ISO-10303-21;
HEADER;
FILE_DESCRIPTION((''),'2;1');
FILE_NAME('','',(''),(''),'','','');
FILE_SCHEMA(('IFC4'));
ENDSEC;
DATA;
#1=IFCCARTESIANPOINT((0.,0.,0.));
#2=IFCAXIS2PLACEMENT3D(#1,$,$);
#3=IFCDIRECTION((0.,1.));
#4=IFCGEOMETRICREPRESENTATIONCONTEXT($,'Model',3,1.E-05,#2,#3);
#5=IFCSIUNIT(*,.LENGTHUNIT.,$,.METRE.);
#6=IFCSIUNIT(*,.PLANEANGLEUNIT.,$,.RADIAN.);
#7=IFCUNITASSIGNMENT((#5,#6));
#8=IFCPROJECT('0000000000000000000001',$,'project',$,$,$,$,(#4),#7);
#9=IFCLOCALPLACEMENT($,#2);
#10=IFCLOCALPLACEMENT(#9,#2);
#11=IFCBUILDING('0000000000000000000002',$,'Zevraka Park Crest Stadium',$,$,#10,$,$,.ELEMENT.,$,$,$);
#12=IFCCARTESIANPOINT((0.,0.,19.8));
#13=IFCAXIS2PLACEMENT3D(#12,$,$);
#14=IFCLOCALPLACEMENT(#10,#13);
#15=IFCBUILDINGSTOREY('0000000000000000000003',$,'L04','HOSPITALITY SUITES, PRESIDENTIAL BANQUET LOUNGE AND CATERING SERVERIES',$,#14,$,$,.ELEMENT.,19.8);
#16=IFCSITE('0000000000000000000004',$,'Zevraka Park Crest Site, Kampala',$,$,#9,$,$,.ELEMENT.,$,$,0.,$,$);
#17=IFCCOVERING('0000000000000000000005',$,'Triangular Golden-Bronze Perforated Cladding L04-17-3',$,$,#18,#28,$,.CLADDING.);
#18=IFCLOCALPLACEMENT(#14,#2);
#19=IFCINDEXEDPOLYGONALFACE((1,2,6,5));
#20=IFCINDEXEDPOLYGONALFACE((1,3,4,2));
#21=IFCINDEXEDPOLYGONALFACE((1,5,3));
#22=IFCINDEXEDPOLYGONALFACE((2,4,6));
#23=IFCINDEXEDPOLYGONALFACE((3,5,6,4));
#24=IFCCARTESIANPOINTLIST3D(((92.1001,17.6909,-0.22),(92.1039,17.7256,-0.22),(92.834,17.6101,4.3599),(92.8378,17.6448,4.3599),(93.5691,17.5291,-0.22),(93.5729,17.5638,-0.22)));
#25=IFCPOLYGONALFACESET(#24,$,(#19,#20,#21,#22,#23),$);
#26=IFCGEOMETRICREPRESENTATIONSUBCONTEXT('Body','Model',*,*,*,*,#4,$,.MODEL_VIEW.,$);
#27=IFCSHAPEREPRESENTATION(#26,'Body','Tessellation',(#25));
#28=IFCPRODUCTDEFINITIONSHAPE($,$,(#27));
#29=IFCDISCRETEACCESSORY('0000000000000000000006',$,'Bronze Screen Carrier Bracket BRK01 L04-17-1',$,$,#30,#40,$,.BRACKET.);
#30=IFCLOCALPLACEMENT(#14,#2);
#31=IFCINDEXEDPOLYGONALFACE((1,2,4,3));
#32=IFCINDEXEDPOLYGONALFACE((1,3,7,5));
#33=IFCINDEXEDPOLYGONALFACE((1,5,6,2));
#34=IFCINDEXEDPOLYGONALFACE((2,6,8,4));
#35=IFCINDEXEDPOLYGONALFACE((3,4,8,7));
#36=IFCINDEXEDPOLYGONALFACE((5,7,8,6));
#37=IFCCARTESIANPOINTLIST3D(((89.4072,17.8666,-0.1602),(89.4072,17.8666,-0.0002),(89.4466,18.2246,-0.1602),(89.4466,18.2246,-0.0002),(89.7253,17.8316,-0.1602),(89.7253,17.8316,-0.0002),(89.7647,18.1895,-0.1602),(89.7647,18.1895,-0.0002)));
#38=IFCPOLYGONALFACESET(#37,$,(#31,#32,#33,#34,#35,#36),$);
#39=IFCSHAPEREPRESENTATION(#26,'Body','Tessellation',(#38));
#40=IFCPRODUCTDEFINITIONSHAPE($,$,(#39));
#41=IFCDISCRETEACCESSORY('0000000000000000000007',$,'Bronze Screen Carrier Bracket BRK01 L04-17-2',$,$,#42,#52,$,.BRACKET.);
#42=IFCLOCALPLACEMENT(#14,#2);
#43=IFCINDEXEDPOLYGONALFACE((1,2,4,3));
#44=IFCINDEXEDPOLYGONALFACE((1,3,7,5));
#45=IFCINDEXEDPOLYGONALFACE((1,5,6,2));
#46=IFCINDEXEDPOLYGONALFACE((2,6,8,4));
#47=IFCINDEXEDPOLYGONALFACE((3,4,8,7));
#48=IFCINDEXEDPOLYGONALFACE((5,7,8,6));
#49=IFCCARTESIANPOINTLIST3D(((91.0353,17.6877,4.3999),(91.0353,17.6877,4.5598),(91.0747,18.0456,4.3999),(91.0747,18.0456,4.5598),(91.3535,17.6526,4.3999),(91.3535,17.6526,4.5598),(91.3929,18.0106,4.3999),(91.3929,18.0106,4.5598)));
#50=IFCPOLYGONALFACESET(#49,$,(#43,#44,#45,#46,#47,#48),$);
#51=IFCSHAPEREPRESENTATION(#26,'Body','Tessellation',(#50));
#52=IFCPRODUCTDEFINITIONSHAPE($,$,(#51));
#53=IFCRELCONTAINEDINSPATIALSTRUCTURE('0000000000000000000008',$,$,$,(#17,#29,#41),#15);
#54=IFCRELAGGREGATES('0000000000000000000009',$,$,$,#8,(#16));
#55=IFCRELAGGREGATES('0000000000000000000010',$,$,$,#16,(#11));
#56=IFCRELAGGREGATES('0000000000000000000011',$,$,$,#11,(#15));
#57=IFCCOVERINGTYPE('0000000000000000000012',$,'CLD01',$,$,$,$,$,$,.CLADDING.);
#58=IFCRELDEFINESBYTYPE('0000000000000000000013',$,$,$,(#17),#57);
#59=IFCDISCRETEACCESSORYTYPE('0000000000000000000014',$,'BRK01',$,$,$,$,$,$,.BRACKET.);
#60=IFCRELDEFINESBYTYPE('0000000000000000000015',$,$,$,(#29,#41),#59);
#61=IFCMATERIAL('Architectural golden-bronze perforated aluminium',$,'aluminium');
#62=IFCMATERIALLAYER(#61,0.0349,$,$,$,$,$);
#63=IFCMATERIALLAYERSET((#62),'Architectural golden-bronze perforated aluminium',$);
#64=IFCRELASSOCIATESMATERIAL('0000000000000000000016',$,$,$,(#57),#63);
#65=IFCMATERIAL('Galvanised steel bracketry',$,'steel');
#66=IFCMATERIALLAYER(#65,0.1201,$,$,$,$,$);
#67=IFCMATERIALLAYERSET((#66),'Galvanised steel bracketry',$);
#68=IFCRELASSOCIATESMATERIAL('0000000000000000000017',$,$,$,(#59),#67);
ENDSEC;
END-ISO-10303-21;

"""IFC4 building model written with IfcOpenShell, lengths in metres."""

from ifc_helpers import new_model, si_unit, direction, frame, origin, origin_2d, place, context, subcontext, project, spatial, polyline, rectangle, outline, extrude, material, layer, layer_set, type_object, element, save


model = new_model("IFC4")

# Units and contexts
model_context = context("Model", 3, precision=1e-05, world=origin(), true_north=direction((0.0, 1.0)))
body_context = subcontext(model_context, "Body", "Model", "MODEL_VIEW")
ifc_project = project(units=[si_unit("LENGTHUNIT", "METRE"), si_unit("PLANEANGLEUNIT", "RADIAN")], contexts=[model_context])

# Site, building, storey
site_placement = place(None, origin())
site = spatial("IfcSite", under=ifc_project, at=site_placement, Name="Zevraka Park Crest Site, Kampala", CompositionType="ELEMENT", RefElevation=0.0)
building_placement = place(site_placement, origin())
building = spatial("IfcBuilding", under=site, at=building_placement, Name="Zevraka Park Crest Stadium", CompositionType="ELEMENT")
storey_placement = place(building_placement, frame((0.0, 0.0, 19.8)))
storey = spatial("IfcBuildingStorey", under=building, at=storey_placement, Name="L04", Description="HOSPITALITY SUITES, PRESIDENTIAL BANQUET LOUNGE AND CATERING SERVERIES", CompositionType="ELEMENT", Elevation=19.8)

# Covering
ifc_material_1 = material(Name="Architectural golden-bronze perforated aluminium", Category="aluminium")
ifc_layer_1 = layer(ifc_material_1, 0.0349)
ifc_layer_set_1 = layer_set([ifc_layer_1], Name="Architectural golden-bronze perforated aluminium")
covering_type = type_object("IfcCoveringType", Name="CLD01", PredefinedType="CLADDING", material=ifc_layer_set_1)
covering_1_placement = place(storey_placement, frame((92.1001, 17.6909, -0.22), z_axis=(-0.109525, -0.993984, 0.000012), x_axis=(0.993984, -0.109525, 0.0)))
element("IfcCovering", 1, at=covering_1_placement, inside=storey, type_object=covering_type, Name="Triangular Golden-Bronze Perforated Cladding L04-17-3", PredefinedType="CLADDING", context=body_context, shape_type="SweptSolid", body=[
    extrude(outline(polyline([(0.0, 0.0), (1.4779, 0.0), (0.7383, 4.5798), (0.0, 0.0)])), origin(), (0.0, 0.0, -1.0), 0.0349),
])

# Discrete accessories
ifc_material_2 = material(Name="Galvanised steel bracketry", Category="steel")
ifc_layer_2 = layer(ifc_material_2, 0.1201)
ifc_layer_set_2 = layer_set([ifc_layer_2], Name="Galvanised steel bracketry")
discrete_accessory_type = type_object("IfcDiscreteAccessoryType", Name="BRK01", PredefinedType="BRACKET", material=ifc_layer_set_2)
for number, where, z_axis, x_axis, name in (
    (2, (89.5859, 18.0281, -0.1602), (0.0, 0.0, 1.0), (0.993999, -0.109387, 0.0), "Bronze Screen Carrier Bracket BRK01 L04-17-1"),
    (3, (91.2141, 17.8491, 4.3999), (0.0, 0.0, 1.0), (0.993999, -0.109387, 0.0), "Bronze Screen Carrier Bracket BRK01 L04-17-2"),
):
    element("IfcDiscreteAccessory", number, at=place(storey_placement, frame(where, z_axis=z_axis, x_axis=x_axis)), inside=storey, type_object=discrete_accessory_type, Name=name, PredefinedType="BRACKET", context=body_context, shape_type="SweptSolid", body=[
        extrude(rectangle(XDim=0.3201, YDim=0.3601, at=origin_2d()), origin(), (0.0, 0.0, 1.0), 0.1599),
    ])

save(model, "model.ifc")
